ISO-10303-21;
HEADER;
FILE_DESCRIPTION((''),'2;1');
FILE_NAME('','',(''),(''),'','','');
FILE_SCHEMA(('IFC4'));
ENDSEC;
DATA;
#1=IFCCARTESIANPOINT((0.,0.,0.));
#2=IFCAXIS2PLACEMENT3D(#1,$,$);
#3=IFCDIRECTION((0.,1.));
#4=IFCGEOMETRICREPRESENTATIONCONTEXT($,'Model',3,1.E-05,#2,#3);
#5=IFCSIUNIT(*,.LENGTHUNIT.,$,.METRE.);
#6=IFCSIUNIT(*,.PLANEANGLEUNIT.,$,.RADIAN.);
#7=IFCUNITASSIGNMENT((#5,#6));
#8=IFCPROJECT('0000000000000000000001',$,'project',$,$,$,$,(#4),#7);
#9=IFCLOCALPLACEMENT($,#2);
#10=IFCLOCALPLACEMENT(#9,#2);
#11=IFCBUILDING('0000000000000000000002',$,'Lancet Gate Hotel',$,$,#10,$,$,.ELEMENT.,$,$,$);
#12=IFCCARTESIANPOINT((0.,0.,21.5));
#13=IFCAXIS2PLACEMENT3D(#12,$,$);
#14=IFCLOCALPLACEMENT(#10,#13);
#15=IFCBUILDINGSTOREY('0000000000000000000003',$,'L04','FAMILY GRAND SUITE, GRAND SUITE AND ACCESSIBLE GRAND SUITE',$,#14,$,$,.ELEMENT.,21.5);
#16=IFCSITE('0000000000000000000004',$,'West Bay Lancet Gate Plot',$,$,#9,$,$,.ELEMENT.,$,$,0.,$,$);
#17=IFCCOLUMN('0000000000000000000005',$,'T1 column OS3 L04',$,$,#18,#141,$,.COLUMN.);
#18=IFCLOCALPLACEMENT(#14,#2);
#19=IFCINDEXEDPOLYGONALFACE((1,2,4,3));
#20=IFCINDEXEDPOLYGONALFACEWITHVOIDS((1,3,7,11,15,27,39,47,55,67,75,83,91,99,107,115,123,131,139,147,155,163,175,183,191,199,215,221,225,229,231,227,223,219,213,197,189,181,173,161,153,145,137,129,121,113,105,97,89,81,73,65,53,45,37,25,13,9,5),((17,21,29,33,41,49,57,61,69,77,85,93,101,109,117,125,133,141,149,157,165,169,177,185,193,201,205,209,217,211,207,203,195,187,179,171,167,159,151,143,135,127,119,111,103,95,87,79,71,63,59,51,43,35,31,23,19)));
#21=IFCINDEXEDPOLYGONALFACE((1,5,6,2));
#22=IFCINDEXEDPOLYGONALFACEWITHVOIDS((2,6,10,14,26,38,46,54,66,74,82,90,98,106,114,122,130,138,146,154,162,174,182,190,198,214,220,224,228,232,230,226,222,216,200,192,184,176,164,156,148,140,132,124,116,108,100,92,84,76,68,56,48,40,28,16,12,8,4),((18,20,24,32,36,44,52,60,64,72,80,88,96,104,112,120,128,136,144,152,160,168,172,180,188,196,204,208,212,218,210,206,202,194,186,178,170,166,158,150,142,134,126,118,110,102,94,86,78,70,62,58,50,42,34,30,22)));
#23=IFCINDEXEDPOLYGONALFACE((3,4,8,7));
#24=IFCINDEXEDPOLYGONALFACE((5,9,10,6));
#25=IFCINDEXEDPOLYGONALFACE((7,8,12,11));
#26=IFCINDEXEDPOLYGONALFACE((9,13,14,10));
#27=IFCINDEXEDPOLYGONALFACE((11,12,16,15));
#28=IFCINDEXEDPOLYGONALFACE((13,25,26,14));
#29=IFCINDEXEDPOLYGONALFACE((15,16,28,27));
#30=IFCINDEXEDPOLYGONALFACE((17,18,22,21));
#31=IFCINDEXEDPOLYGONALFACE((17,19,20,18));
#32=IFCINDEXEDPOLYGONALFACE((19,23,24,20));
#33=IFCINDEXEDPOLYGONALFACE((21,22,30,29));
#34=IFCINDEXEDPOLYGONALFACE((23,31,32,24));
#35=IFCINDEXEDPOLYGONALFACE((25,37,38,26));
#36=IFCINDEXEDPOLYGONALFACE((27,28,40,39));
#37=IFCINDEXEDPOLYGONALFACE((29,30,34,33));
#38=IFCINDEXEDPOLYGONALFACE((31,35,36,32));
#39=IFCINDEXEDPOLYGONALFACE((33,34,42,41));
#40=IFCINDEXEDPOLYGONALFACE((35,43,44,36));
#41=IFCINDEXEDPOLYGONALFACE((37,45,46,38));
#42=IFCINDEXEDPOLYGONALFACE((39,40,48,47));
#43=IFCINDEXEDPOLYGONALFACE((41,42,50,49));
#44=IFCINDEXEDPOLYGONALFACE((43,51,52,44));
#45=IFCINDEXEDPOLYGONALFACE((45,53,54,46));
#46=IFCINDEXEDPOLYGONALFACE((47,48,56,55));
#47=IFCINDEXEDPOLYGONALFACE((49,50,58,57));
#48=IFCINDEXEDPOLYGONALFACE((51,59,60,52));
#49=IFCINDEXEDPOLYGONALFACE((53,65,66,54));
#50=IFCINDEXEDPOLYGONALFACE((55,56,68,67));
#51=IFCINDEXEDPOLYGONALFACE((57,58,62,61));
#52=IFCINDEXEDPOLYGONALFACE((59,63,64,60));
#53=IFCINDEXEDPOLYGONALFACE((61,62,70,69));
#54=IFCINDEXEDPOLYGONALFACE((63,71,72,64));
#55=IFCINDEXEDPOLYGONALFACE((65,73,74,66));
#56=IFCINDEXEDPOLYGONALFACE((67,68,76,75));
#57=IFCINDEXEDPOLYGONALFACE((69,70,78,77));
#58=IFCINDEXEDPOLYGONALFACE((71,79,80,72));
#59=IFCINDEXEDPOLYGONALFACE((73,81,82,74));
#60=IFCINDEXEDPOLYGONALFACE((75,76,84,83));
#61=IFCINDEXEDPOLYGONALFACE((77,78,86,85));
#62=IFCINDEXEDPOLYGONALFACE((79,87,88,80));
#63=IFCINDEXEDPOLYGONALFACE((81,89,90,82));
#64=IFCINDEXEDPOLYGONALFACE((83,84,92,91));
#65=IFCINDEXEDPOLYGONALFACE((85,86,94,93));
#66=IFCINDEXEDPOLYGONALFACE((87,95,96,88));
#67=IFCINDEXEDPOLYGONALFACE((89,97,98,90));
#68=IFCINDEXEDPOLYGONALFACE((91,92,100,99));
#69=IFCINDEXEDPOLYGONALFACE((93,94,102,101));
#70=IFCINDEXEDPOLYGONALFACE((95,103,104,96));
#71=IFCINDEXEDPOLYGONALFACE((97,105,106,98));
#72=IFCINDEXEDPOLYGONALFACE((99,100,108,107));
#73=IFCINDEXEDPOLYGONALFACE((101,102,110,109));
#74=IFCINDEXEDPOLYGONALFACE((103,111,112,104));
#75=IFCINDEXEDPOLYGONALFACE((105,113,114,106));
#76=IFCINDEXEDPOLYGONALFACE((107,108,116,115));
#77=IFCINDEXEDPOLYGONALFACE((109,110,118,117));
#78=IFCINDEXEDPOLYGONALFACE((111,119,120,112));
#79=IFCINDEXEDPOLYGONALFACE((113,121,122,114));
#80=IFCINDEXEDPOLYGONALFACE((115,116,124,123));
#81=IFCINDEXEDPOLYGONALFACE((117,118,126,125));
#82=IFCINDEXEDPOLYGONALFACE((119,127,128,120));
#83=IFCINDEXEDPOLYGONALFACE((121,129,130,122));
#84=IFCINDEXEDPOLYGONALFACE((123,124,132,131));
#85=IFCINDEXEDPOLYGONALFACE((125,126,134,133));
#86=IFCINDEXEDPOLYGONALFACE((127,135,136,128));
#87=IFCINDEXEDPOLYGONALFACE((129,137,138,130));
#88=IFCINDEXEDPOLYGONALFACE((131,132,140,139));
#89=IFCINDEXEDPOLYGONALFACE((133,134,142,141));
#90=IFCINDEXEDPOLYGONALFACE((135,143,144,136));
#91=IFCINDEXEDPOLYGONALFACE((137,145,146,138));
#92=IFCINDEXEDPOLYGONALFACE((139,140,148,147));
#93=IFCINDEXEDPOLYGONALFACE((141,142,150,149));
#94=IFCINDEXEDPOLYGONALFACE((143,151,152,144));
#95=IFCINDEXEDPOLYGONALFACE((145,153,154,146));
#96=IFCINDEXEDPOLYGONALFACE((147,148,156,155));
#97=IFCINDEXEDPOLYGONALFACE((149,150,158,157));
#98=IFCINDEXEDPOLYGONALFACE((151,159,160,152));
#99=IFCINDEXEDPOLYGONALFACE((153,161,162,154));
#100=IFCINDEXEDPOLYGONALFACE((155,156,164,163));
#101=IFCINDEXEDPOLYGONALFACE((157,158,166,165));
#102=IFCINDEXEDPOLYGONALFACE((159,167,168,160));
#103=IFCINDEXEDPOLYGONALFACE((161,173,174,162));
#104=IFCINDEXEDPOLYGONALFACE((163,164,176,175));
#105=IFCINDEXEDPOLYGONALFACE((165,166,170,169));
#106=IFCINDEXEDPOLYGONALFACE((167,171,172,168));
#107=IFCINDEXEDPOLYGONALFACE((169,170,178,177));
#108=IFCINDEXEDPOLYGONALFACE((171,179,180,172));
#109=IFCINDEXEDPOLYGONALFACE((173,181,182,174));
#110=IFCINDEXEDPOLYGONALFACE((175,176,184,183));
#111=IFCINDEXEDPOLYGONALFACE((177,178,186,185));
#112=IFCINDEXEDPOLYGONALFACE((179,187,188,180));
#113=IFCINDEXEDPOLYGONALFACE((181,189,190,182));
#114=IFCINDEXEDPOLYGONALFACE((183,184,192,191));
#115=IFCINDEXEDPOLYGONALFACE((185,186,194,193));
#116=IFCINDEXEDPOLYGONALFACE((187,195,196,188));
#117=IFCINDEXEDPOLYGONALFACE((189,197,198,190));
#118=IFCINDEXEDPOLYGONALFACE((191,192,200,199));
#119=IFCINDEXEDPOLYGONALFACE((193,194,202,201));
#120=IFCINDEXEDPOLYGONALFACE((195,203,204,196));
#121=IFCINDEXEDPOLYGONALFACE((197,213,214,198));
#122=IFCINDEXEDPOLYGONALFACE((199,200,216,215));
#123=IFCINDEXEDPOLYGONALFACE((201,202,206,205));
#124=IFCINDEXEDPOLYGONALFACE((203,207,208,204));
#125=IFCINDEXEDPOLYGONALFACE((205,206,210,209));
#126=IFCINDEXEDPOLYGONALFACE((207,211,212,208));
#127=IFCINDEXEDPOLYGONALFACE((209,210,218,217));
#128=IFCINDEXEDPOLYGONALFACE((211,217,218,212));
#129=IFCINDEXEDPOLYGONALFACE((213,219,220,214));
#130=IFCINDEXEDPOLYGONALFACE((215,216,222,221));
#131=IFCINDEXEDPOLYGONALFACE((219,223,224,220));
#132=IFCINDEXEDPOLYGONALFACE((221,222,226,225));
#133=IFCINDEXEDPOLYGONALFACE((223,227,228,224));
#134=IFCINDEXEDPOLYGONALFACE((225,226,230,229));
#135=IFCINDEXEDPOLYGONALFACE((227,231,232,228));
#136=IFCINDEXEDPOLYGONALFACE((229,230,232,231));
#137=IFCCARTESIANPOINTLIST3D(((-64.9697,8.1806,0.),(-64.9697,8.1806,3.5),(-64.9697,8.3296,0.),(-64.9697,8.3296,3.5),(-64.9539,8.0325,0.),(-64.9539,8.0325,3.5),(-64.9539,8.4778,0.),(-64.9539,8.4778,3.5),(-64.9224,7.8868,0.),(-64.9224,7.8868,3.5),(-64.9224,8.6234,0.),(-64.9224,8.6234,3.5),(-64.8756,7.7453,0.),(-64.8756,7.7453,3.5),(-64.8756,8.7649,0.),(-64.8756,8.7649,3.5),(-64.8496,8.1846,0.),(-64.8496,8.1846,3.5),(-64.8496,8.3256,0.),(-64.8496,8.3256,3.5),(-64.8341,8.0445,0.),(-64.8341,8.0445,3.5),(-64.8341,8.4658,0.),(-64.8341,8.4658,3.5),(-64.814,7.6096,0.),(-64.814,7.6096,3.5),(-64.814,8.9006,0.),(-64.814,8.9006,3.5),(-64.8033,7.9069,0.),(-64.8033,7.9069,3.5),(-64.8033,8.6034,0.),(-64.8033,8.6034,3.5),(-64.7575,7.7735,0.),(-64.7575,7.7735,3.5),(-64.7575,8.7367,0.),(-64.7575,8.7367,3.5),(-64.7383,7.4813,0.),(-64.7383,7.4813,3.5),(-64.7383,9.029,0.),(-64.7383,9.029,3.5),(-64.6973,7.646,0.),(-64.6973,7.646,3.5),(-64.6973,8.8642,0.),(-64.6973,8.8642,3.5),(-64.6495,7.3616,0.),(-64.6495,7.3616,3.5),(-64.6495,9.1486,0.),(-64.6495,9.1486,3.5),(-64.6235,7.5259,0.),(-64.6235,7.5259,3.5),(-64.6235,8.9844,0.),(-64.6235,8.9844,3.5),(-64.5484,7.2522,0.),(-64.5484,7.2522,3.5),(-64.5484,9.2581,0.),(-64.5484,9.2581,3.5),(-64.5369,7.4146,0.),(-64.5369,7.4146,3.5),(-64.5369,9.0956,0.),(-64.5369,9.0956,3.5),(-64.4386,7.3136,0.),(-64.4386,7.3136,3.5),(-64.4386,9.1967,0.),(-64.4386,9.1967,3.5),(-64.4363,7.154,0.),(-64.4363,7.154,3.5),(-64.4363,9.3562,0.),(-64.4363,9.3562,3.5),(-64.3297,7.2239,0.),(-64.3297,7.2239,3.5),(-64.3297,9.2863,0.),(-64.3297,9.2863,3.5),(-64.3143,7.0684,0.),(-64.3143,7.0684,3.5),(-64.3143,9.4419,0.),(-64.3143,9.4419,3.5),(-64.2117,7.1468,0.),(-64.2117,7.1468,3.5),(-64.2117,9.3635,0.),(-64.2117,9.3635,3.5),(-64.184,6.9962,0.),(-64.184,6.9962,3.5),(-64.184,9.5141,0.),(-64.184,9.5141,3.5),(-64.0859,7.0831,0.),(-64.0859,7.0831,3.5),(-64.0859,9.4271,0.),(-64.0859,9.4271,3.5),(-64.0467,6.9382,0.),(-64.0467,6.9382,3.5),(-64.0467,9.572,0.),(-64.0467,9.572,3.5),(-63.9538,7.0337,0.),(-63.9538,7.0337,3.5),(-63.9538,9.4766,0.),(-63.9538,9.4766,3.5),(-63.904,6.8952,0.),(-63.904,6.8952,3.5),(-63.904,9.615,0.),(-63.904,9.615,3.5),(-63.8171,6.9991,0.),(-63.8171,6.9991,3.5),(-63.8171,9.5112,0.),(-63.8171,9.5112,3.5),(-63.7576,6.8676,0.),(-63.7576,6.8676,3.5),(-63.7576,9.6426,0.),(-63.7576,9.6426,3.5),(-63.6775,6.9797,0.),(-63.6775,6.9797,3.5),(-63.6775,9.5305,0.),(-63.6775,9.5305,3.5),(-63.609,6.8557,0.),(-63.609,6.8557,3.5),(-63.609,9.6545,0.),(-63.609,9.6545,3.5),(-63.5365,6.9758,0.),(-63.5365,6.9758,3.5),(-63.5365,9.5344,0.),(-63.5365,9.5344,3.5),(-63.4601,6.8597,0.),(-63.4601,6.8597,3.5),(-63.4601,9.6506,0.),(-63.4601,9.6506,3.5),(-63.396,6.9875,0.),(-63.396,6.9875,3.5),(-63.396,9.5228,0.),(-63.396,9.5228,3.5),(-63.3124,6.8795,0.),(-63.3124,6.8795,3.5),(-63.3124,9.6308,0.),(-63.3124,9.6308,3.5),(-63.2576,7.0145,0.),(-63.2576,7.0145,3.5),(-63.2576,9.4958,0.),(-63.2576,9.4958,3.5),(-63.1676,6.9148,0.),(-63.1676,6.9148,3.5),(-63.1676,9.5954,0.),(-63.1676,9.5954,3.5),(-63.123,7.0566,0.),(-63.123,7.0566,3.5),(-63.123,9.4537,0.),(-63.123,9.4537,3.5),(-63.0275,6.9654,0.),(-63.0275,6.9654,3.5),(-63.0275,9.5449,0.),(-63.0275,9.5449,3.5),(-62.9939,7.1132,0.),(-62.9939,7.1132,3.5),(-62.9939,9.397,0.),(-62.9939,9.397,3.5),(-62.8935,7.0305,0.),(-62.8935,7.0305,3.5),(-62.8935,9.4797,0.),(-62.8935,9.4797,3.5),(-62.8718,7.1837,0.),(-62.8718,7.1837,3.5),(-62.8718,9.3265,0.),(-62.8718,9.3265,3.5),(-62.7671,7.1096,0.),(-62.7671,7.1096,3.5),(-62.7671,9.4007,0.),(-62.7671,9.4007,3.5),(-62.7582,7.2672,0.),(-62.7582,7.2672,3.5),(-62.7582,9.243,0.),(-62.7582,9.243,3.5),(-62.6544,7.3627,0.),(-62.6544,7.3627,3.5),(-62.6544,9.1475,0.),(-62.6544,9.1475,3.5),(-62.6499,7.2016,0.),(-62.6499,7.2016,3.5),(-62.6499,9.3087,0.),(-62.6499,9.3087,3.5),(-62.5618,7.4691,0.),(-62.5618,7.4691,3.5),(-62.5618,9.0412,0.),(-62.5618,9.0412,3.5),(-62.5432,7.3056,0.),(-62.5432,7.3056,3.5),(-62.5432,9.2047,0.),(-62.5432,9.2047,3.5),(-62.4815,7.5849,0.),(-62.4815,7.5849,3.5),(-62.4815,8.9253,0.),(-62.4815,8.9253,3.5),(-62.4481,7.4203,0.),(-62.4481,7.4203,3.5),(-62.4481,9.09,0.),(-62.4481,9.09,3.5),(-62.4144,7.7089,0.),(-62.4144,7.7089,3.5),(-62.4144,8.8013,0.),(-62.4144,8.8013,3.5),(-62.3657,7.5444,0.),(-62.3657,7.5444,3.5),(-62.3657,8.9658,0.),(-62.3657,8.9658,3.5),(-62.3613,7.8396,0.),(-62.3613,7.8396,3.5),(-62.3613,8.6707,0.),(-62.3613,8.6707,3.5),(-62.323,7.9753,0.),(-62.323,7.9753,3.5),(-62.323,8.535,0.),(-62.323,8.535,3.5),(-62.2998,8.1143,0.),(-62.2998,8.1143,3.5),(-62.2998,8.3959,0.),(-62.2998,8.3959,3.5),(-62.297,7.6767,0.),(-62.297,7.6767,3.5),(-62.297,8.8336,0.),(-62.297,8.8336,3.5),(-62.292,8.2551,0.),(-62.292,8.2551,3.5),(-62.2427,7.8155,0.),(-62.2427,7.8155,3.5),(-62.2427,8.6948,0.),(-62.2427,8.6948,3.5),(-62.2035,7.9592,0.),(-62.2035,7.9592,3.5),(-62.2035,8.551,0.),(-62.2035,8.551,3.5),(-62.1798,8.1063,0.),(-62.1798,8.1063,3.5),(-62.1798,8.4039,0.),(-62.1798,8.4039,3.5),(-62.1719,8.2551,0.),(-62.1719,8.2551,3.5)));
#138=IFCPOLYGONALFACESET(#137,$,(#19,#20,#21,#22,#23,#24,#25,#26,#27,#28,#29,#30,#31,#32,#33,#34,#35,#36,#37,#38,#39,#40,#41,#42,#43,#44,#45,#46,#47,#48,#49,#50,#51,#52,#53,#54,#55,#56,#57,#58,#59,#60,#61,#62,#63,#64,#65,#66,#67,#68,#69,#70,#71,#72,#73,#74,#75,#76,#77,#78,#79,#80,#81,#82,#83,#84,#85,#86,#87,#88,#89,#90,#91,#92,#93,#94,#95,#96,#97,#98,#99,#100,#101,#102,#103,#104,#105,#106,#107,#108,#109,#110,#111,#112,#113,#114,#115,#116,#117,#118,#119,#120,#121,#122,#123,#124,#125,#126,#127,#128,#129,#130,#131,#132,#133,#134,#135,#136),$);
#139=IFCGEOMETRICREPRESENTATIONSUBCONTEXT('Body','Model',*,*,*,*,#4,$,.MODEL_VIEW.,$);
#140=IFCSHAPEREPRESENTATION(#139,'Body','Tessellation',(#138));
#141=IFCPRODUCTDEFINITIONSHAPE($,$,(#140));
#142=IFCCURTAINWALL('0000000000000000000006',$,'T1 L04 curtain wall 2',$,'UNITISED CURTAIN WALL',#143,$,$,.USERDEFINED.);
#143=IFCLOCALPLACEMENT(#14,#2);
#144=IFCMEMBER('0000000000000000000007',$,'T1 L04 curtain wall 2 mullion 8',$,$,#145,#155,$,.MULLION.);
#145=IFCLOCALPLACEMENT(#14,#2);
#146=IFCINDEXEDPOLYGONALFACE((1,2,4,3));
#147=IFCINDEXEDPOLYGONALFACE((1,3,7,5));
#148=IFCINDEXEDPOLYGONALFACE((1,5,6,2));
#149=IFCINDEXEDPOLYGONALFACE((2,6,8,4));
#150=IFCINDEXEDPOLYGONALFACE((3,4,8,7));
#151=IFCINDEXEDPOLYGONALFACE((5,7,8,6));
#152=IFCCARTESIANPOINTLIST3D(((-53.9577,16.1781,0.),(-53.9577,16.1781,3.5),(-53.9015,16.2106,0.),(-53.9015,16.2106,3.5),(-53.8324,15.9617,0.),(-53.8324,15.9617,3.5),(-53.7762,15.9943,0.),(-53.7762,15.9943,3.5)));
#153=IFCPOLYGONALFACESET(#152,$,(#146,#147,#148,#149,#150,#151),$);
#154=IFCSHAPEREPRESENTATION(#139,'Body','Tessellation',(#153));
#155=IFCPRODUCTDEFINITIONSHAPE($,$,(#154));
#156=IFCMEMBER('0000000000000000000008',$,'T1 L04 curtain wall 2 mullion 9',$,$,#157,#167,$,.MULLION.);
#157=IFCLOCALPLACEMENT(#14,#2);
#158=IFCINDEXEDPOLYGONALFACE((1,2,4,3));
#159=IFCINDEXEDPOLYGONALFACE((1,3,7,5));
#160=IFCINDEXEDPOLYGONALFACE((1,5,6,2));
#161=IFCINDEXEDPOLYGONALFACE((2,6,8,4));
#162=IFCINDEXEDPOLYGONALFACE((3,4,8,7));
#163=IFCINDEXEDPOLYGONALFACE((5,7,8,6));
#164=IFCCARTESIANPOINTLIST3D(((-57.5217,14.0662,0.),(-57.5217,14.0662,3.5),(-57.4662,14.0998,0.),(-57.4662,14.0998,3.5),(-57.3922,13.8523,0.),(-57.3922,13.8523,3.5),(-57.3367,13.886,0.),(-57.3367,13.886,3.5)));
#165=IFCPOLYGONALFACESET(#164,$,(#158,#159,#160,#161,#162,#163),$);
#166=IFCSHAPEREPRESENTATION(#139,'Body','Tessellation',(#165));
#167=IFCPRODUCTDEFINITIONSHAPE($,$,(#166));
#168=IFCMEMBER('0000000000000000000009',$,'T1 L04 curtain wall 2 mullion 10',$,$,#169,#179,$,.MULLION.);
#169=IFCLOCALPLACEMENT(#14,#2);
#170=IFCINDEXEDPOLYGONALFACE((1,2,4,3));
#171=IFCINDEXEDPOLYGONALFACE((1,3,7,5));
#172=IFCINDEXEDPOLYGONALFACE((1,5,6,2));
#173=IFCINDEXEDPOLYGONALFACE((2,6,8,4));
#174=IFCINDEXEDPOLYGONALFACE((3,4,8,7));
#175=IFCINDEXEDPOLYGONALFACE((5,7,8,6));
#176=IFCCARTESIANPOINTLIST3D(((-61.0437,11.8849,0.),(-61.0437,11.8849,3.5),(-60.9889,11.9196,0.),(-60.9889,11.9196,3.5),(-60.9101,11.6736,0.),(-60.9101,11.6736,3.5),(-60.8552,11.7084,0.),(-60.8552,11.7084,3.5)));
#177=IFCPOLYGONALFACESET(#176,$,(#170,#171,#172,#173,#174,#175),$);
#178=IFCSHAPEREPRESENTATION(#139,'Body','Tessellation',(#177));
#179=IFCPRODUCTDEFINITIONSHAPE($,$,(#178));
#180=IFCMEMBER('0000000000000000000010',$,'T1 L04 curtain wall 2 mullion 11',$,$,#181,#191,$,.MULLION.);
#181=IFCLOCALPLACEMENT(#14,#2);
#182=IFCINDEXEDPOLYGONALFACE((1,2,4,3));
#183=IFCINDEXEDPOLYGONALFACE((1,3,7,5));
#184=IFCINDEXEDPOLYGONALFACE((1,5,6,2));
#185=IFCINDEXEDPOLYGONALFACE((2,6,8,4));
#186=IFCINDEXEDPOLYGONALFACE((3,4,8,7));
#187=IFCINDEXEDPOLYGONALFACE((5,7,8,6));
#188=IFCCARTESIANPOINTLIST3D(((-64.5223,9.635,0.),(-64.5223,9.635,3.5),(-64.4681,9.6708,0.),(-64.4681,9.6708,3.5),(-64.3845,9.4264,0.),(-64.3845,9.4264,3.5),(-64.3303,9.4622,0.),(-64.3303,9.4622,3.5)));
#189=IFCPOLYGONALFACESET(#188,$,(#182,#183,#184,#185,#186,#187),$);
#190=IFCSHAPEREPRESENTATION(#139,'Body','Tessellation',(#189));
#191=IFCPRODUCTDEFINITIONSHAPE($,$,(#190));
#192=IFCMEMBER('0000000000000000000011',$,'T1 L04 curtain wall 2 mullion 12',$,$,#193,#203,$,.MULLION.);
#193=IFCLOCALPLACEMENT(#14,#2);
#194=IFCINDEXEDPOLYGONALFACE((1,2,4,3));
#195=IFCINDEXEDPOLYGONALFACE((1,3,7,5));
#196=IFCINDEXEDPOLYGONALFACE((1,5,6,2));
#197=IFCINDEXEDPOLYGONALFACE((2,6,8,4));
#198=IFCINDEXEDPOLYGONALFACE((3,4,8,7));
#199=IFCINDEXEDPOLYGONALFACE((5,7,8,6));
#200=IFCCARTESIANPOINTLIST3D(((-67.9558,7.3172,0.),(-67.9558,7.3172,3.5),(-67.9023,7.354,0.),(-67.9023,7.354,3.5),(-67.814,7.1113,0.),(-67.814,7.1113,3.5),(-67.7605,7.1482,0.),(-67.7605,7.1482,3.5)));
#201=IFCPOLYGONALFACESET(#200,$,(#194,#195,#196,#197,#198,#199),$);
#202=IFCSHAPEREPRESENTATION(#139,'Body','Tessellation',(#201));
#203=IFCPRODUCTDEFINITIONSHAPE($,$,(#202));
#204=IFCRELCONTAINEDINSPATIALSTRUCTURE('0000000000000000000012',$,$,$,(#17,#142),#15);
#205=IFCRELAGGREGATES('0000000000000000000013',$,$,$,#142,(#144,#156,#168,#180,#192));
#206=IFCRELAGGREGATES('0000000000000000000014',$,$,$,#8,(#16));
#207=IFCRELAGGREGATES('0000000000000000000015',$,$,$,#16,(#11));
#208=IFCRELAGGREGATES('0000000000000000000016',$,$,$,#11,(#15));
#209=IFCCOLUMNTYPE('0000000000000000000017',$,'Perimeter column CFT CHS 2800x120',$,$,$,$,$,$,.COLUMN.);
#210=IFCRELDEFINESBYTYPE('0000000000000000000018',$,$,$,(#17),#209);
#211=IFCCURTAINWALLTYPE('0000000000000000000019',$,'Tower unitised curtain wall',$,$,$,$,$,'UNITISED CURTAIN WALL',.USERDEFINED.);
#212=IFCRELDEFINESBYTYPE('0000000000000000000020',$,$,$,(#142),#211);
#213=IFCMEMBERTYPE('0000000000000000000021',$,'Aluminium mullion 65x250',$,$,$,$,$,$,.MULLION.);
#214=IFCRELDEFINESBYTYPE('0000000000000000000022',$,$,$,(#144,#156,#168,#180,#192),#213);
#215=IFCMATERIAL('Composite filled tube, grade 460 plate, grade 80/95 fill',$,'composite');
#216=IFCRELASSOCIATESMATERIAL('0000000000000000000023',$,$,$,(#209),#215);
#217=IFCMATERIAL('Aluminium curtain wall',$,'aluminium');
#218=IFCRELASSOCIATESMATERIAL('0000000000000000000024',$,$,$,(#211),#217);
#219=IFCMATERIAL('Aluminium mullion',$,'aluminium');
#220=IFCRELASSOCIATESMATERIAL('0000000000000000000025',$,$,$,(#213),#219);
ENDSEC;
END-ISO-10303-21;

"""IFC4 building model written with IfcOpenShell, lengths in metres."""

from ifc_helpers import new_model, si_unit, direction, frame, origin, origin_2d, place, context, subcontext, project, spatial, rectangle, hollow_circle, extrude, material, material_profile, profile_set, type_object, element, aggregate, save


model = new_model("IFC4")

# Units and contexts
model_context = context("Model", 3, precision=1e-05, world=origin(), true_north=direction((0.0, 1.0)))
body_context = subcontext(model_context, "Body", "Model", "MODEL_VIEW")
ifc_project = project(units=[si_unit("LENGTHUNIT", "METRE"), si_unit("PLANEANGLEUNIT", "RADIAN")], contexts=[model_context])

# Site, building, storey
site_placement = place(None, origin())
site = spatial("IfcSite", under=ifc_project, at=site_placement, Name="West Bay Lancet Gate Plot", CompositionType="ELEMENT", RefElevation=0.0)
building_placement = place(site_placement, origin())
building = spatial("IfcBuilding", under=site, at=building_placement, Name="Lancet Gate Hotel", CompositionType="ELEMENT")
storey_placement = place(building_placement, frame((0.0, 0.0, 21.5)))
storey = spatial("IfcBuildingStorey", under=building, at=storey_placement, Name="L04", Description="FAMILY GRAND SUITE, GRAND SUITE AND ACCESSIBLE GRAND SUITE", CompositionType="ELEMENT", Elevation=21.5)

# Column
ifc_material_1 = material(Name="Composite filled tube, grade 460 plate, grade 80/95 fill", Category="composite")
ifc_material_profile_1 = material_profile(ifc_material_1, hollow_circle(Radius=1.3999, WallThickness=0.1201, at=origin_2d()), Name="CHS 2800x120")
ifc_profile_set_1 = profile_set([ifc_material_profile_1], Name="Composite filled tube, grade 460 plate, grade 80/95 fill")
column_type = type_object("IfcColumnType", Name="Perimeter column CFT CHS 2800x120", PredefinedType="COLUMN", material=ifc_profile_set_1)
for number, where, z_axis, x_axis, name in (
    (1, (-63.5718, 8.2551, 0.0), (0.0, 0.0, 1.0), (1.0, 0.0, 0.0), "T1 column OS3 L04"),
):
    element("IfcColumn", number, at=place(storey_placement, frame(where, z_axis=z_axis, x_axis=x_axis)), inside=storey, type_object=column_type, Name=name, PredefinedType="COLUMN", context=body_context, shape_type="SweptSolid", body=[
        extrude(hollow_circle(Radius=1.3999, WallThickness=0.1201, at=origin_2d()), origin(), (0.0, 0.0, 1.0), 3.5),
    ])

# Curtain wall, members
ifc_material_2 = material(Name="Aluminium curtain wall", Category="aluminium")
curtain_wall_type = type_object("IfcCurtainWallType", Name="Tower unitised curtain wall", ElementType="UNITISED CURTAIN WALL", PredefinedType="USERDEFINED", material=ifc_material_2)
curtain_wall_placement = place(storey_placement, origin())
curtain_wall = element("IfcCurtainWall", 2, at=curtain_wall_placement, inside=storey, type_object=curtain_wall_type, Name="T1 L04 curtain wall 2", ObjectType="UNITISED CURTAIN WALL", PredefinedType="USERDEFINED")
ifc_material_3 = material(Name="Aluminium mullion", Category="aluminium")
ifc_material_profile_2 = material_profile(ifc_material_3, rectangle(XDim=0.0649, YDim=0.25, at=origin_2d()), Name="MULLION 65x250")
ifc_profile_set_2 = profile_set([ifc_material_profile_2], Name="Aluminium mullion")
member_type_1 = type_object("IfcMemberType", Name="Aluminium mullion 65x250", PredefinedType="MULLION", material=ifc_profile_set_2)
member_1_placement = place(storey_placement, frame((-53.8669, 16.0862, 0.0), z_axis=(0.0, 0.0, 1.0), x_axis=(-0.865335, -0.501194, 0.0)))
member_1 = element("IfcMember", 3, at=member_1_placement, type_object=member_type_1, Name="T1 L04 curtain wall 2 mullion 8", PredefinedType="MULLION", context=body_context, shape_type="SweptSolid", body=[
    extrude(rectangle(XDim=0.0649, YDim=0.25, at=origin_2d()), origin(), (0.0, 0.0, 1.0), 3.5),
])
member_2_placement = place(storey_placement, frame((-57.4292, 13.9761, 0.0), z_axis=(0.0, 0.0, 1.0), x_axis=(-0.855346, -0.518057, 0.0)))
member_2 = element("IfcMember", 4, at=member_2_placement, type_object=member_type_1, Name="T1 L04 curtain wall 2 mullion 9", PredefinedType="MULLION", context=body_context, shape_type="SweptSolid", body=[
    extrude(rectangle(XDim=0.0649, YDim=0.25, at=origin_2d()), origin(), (0.0, 0.0, 1.0), 3.5),
])
member_3_placement = place(storey_placement, frame((-60.9495, 11.7966, 0.0), z_axis=(0.0, 0.0, 1.0), x_axis=(-0.845029, -0.53472, 0.0)))
member_3 = element("IfcMember", 5, at=member_3_placement, type_object=member_type_1, Name="T1 L04 curtain wall 2 mullion 10", PredefinedType="MULLION", context=body_context, shape_type="SweptSolid", body=[
    extrude(rectangle(XDim=0.0649, YDim=0.25, at=origin_2d()), origin(), (0.0, 0.0, 1.0), 3.5),
])
member_4_placement = place(storey_placement, frame((-64.4263, 9.5486, 0.0), z_axis=(0.0, 0.0, 1.0), x_axis=(-0.834387, -0.551178, 0.0)))
member_4 = element("IfcMember", 6, at=member_4_placement, type_object=member_type_1, Name="T1 L04 curtain wall 2 mullion 11", PredefinedType="MULLION", context=body_context, shape_type="SweptSolid", body=[
    extrude(rectangle(XDim=0.0649, YDim=0.25, at=origin_2d()), origin(), (0.0, 0.0, 1.0), 3.5),
])
member_5_placement = place(storey_placement, frame((-67.8582, 7.2327, 0.0), z_axis=(0.0, 0.0, 1.0), x_axis=(-0.823425, -0.567425, 0.0)))
member_5 = element("IfcMember", 7, at=member_5_placement, type_object=member_type_1, Name="T1 L04 curtain wall 2 mullion 12", PredefinedType="MULLION", context=body_context, shape_type="SweptSolid", body=[
    extrude(rectangle(XDim=0.0649, YDim=0.25, at=origin_2d()), origin(), (0.0, 0.0, 1.0), 3.5),
])

aggregate(curtain_wall, [member_1, member_2, member_3, member_4, member_5])

save(model, "model.ifc")
